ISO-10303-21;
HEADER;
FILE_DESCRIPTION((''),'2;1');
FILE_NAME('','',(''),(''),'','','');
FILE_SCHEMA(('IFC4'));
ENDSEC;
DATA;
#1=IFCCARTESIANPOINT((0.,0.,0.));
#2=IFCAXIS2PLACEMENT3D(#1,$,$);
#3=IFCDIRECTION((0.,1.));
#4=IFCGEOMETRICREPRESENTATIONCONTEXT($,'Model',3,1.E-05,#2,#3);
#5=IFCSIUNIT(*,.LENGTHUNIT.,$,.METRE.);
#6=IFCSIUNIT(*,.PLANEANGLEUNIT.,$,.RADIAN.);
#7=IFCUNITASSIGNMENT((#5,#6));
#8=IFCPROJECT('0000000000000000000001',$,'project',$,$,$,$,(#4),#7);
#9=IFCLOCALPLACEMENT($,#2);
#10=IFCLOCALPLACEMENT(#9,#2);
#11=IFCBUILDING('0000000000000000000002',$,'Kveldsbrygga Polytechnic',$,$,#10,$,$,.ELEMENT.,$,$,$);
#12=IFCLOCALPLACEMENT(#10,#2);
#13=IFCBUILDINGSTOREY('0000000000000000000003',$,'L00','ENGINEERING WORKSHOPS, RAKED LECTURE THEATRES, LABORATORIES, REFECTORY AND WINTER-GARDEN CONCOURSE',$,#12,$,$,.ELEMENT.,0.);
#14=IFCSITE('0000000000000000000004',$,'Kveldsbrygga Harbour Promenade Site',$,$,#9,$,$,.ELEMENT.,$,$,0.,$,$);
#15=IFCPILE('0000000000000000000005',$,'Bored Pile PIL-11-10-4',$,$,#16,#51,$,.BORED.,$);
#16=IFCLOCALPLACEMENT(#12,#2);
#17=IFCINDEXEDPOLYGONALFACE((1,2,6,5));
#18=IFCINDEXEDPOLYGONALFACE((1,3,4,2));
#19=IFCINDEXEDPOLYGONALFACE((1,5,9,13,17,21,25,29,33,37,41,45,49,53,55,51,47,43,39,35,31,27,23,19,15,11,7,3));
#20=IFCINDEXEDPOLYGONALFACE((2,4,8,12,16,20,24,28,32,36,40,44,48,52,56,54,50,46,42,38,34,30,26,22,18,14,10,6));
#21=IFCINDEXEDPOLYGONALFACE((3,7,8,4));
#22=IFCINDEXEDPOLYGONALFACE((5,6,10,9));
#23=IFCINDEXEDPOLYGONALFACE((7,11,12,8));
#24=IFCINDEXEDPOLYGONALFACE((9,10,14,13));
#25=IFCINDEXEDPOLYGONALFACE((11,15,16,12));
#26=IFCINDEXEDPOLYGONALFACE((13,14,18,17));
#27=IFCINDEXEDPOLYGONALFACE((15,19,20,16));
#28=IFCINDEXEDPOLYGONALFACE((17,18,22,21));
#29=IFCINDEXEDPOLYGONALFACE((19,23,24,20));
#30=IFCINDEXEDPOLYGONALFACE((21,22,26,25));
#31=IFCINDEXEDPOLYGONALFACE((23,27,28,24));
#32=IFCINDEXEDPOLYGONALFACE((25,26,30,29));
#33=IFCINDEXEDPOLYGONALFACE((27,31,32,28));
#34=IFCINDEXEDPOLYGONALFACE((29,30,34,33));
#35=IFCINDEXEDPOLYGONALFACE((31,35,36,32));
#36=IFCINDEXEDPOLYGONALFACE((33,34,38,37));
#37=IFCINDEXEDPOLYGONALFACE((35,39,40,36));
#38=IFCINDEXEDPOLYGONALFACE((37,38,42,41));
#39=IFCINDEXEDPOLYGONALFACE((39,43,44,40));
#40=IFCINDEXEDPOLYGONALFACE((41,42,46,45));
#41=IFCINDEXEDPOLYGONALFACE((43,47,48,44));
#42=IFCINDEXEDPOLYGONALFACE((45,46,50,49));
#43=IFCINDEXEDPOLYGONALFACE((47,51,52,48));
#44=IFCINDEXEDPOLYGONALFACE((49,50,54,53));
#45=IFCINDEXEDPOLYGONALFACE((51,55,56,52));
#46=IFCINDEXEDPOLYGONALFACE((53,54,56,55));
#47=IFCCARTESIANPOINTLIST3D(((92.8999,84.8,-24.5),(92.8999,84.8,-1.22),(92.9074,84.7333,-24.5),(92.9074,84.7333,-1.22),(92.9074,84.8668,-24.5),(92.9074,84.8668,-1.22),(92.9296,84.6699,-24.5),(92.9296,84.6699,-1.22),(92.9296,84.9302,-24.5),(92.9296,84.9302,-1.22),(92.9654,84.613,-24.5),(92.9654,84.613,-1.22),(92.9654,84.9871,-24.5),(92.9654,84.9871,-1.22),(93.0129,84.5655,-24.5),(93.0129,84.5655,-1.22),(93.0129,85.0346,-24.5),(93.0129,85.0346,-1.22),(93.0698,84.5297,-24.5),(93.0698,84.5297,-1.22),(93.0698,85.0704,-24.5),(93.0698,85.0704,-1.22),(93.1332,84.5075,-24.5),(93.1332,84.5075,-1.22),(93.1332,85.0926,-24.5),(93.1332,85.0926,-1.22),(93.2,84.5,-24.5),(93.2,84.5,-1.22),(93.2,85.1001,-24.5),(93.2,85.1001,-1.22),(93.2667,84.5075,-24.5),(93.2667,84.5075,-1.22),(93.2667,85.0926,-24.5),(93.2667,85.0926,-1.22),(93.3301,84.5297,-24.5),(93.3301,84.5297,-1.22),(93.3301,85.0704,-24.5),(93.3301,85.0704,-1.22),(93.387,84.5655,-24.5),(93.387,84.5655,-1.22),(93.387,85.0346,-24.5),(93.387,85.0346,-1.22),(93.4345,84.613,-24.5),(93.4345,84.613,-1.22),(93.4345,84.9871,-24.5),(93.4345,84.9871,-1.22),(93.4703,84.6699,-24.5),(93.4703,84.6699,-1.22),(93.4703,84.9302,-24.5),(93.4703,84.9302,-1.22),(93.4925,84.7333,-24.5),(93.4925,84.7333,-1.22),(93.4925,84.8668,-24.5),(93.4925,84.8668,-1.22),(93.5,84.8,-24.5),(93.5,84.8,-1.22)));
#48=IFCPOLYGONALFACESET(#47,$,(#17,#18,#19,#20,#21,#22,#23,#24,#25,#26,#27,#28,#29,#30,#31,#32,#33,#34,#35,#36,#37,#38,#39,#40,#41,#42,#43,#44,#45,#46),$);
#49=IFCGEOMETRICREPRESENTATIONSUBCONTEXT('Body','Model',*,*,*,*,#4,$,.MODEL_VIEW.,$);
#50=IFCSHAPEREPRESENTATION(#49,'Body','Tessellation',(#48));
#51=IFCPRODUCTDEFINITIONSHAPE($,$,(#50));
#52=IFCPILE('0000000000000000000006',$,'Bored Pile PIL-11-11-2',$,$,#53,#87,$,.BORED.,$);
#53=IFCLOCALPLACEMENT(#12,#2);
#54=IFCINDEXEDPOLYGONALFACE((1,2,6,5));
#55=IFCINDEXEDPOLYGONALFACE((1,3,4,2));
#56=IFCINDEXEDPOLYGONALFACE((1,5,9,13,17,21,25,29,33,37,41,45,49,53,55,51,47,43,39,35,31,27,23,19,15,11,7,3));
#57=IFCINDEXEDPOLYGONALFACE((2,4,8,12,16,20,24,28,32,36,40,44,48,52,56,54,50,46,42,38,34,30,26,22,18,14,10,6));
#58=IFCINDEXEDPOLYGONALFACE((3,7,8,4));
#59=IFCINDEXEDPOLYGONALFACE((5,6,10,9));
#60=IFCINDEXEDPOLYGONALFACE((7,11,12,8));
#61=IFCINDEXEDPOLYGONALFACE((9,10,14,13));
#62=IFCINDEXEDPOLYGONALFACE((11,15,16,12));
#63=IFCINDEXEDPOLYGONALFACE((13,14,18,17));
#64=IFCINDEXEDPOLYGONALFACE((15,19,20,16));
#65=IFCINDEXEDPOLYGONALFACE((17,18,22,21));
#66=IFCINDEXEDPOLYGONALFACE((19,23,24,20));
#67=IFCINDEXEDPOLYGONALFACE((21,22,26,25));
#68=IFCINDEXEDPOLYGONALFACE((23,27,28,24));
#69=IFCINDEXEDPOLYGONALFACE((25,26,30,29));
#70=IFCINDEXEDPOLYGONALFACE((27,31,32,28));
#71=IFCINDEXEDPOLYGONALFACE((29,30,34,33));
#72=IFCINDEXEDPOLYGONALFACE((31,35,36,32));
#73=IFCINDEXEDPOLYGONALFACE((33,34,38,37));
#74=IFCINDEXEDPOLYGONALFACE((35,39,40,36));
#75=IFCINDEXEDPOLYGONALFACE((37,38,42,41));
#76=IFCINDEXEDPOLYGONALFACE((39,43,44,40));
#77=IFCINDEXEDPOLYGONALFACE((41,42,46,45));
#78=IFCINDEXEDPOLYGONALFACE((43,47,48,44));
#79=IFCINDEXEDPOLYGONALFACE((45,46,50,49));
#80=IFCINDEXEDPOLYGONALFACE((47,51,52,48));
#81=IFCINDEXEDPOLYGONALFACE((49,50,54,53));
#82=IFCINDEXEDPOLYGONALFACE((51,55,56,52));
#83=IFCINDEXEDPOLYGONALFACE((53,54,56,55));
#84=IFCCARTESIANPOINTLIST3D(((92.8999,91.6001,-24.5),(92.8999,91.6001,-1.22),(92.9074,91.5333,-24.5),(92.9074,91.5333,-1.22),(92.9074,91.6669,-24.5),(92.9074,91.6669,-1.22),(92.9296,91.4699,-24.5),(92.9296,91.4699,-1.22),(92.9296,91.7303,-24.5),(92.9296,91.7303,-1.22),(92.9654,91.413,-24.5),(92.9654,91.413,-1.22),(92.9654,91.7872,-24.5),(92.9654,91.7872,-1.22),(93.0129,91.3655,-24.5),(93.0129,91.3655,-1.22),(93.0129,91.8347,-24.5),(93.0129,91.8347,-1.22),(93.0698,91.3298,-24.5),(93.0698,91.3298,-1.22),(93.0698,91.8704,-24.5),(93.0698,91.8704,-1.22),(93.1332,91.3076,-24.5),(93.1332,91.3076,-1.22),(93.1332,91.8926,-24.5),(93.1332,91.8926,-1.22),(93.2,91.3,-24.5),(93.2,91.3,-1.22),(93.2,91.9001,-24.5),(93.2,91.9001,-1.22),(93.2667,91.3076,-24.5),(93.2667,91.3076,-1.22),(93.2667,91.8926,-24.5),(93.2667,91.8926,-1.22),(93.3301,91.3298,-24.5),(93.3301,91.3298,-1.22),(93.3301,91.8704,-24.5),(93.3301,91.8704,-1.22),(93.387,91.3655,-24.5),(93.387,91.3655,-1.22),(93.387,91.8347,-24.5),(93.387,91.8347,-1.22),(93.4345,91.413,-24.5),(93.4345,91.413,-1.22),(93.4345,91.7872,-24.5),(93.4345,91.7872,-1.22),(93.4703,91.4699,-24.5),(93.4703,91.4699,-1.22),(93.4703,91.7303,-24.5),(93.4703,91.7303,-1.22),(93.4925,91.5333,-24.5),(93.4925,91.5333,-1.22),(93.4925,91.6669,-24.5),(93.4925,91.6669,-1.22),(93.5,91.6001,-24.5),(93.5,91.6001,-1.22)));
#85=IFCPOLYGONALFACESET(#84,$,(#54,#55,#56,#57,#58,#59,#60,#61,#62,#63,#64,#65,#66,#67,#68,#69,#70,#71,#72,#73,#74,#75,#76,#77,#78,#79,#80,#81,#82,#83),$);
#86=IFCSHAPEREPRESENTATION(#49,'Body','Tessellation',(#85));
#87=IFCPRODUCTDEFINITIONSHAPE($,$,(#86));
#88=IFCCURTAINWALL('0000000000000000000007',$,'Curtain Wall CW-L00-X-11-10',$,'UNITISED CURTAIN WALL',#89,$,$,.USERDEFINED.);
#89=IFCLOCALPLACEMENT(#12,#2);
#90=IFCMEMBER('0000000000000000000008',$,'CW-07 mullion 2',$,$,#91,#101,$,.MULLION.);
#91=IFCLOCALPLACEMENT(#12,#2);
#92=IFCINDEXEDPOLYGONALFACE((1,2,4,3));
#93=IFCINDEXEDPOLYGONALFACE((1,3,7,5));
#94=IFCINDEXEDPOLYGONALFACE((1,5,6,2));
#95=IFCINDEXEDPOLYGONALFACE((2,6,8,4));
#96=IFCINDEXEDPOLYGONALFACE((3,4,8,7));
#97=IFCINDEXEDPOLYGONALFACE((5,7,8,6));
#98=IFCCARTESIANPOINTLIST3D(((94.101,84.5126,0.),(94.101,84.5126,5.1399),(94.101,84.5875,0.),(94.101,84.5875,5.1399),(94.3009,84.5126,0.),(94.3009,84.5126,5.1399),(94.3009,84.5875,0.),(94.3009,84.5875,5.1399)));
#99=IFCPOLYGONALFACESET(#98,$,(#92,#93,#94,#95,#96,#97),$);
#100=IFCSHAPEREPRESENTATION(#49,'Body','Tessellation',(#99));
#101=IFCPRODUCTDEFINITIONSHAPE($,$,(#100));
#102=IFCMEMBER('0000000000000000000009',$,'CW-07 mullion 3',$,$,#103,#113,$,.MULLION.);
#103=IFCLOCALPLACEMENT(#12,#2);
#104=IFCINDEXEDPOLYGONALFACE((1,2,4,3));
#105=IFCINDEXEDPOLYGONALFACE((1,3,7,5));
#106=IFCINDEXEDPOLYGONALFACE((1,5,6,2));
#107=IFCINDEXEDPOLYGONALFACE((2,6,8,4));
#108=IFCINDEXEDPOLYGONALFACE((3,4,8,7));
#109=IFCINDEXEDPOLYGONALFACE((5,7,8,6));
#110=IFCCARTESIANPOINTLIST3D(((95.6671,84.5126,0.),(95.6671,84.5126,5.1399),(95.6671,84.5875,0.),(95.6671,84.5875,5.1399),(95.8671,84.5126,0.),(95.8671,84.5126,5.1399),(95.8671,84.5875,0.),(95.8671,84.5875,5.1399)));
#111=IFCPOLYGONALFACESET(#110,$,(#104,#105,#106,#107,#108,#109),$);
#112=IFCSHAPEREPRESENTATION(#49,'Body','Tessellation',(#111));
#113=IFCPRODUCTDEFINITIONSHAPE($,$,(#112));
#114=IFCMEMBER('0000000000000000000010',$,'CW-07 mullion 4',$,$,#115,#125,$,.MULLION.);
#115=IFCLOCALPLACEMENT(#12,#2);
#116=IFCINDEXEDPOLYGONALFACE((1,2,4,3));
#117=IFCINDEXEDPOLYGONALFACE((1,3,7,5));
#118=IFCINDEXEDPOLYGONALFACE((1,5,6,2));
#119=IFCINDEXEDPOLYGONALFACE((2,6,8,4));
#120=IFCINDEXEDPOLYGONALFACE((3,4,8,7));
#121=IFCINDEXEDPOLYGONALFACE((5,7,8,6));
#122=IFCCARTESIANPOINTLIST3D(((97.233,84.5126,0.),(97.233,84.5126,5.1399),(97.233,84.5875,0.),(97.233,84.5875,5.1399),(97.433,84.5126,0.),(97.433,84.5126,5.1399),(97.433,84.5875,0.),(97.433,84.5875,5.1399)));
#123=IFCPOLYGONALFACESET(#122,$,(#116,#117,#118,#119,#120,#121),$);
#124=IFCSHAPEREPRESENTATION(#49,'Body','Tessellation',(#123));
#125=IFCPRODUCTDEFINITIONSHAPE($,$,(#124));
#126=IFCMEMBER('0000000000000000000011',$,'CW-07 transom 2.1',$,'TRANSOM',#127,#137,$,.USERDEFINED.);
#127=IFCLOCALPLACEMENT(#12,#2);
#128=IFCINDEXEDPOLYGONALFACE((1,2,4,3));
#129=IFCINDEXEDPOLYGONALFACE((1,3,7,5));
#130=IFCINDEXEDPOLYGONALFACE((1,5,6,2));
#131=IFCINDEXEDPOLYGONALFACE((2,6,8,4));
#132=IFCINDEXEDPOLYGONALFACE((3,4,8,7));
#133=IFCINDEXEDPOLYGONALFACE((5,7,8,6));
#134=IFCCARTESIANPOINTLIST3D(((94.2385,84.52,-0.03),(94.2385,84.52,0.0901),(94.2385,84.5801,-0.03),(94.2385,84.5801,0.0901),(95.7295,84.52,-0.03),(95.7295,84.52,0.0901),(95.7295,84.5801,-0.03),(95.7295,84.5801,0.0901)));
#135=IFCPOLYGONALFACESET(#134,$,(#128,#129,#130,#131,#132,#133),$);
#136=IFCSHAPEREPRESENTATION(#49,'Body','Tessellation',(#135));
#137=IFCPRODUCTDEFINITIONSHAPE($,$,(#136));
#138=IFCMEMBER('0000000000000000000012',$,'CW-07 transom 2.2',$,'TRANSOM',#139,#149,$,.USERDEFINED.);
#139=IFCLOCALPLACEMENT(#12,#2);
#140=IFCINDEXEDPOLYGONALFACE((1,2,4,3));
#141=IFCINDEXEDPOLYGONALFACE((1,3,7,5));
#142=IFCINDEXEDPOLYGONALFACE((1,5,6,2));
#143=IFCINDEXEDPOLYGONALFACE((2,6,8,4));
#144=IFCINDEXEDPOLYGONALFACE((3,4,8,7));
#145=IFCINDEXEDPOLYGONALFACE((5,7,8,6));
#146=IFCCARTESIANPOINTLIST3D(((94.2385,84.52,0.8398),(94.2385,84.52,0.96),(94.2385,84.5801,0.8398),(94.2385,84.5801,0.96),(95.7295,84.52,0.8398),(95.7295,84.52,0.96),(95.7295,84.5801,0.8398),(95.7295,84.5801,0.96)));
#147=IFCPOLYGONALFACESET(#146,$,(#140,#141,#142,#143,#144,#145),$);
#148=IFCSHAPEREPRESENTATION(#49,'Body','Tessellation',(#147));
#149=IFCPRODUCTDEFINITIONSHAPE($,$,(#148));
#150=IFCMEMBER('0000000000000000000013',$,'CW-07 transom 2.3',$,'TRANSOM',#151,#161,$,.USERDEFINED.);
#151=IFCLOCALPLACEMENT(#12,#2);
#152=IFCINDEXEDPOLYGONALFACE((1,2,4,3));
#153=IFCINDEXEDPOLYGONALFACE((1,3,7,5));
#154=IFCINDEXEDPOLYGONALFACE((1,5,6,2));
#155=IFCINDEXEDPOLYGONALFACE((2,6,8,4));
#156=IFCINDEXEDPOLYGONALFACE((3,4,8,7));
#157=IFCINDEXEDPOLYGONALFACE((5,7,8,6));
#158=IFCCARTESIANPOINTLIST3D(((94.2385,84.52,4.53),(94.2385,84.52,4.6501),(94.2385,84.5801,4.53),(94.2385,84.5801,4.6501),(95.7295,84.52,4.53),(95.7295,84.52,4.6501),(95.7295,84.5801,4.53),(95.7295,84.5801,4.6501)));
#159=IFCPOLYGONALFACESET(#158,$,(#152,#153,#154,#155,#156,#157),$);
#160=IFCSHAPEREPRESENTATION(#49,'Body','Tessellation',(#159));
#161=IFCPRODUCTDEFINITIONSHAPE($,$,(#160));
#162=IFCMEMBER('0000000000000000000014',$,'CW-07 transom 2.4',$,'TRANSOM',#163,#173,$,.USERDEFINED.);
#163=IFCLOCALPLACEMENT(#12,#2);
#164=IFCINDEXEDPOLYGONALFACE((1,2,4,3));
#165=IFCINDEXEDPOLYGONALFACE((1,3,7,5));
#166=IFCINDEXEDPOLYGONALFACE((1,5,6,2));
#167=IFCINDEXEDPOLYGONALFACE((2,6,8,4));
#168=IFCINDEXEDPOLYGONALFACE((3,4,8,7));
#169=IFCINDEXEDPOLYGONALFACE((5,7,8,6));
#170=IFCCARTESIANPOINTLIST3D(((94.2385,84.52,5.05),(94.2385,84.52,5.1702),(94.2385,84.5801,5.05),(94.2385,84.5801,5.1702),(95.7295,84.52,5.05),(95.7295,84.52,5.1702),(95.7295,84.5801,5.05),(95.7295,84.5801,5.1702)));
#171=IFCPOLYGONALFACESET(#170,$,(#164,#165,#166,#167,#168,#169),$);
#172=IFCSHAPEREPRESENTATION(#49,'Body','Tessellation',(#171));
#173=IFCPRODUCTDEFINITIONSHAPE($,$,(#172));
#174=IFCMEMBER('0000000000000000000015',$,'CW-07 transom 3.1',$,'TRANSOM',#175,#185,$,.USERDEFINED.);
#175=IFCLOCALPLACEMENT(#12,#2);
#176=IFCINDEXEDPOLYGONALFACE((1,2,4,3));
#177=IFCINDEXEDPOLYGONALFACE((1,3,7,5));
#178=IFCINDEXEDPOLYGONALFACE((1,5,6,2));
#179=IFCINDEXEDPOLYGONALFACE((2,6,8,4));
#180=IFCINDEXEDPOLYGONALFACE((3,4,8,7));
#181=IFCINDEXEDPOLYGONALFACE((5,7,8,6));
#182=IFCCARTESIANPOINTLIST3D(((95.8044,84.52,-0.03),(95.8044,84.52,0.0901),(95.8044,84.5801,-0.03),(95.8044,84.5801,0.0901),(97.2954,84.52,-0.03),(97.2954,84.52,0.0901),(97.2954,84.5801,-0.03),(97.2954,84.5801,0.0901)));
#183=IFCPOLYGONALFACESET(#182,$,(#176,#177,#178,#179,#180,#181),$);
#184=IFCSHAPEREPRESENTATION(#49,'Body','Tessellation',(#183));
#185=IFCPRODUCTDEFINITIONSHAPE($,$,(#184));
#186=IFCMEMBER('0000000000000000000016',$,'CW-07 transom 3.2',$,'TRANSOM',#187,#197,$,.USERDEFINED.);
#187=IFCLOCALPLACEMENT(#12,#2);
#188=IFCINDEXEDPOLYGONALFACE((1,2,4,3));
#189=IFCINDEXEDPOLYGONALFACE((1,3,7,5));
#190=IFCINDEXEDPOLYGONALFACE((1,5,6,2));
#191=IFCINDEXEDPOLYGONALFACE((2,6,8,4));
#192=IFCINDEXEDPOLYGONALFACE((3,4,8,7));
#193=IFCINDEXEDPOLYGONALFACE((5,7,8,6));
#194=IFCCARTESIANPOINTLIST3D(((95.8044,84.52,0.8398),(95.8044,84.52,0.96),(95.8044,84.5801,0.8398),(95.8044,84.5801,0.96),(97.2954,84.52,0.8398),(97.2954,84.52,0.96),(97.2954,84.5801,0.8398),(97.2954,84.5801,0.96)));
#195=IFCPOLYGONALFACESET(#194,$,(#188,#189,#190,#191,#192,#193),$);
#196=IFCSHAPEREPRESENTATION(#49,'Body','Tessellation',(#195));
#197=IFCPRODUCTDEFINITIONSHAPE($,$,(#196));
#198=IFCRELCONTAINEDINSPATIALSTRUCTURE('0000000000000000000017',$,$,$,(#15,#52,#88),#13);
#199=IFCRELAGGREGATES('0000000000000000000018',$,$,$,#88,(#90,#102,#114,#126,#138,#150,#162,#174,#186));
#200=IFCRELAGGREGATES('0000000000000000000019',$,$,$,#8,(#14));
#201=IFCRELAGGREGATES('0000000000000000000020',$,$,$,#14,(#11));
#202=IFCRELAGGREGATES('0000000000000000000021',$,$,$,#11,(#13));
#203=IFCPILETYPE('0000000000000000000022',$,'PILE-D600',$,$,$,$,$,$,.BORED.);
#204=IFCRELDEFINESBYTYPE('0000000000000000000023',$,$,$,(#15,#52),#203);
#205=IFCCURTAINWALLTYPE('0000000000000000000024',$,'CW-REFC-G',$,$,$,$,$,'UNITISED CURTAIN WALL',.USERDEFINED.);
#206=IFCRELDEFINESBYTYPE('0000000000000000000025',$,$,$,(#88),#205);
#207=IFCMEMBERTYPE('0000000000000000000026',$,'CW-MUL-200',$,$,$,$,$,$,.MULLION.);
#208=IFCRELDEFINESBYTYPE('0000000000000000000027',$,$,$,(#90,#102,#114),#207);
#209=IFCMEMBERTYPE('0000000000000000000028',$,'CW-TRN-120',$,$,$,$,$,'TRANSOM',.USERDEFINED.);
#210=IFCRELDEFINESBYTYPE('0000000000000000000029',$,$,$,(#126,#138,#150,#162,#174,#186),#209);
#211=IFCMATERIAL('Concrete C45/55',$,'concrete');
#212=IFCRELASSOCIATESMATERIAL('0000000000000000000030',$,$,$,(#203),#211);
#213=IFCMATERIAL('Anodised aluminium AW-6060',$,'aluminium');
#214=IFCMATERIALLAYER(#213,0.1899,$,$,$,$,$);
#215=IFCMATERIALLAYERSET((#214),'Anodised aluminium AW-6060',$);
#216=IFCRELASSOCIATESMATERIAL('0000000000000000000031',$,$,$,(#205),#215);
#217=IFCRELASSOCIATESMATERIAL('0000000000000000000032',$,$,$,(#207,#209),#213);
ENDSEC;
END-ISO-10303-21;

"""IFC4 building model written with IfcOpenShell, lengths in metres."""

from ifc_helpers import new_model, si_unit, direction, frame, origin, origin_2d, place, context, subcontext, project, spatial, rectangle, circle, extrude, material, layer, layer_set, material_profile, profile_set, type_object, element, aggregate, save


model = new_model("IFC4")

# Units and contexts
model_context = context("Model", 3, precision=1e-05, world=origin(), true_north=direction((0.0, 1.0)))
body_context = subcontext(model_context, "Body", "Model", "MODEL_VIEW")
ifc_project = project(units=[si_unit("LENGTHUNIT", "METRE"), si_unit("PLANEANGLEUNIT", "RADIAN")], contexts=[model_context])

# Site, building, storey
site_placement = place(None, origin())
site = spatial("IfcSite", under=ifc_project, at=site_placement, Name="Kveldsbrygga Harbour Promenade Site", CompositionType="ELEMENT", RefElevation=0.0)
building_placement = place(site_placement, origin())
building = spatial("IfcBuilding", under=site, at=building_placement, Name="Kveldsbrygga Polytechnic", CompositionType="ELEMENT")
storey_placement = place(building_placement, origin())
storey = spatial("IfcBuildingStorey", under=building, at=storey_placement, Name="L00", Description="ENGINEERING WORKSHOPS, RAKED LECTURE THEATRES, LABORATORIES, REFECTORY AND WINTER-GARDEN CONCOURSE", CompositionType="ELEMENT", Elevation=0.0)

# Piles
ifc_material_1 = material(Name="Concrete C45/55", Category="concrete")
ifc_material_profile_1 = material_profile(ifc_material_1, circle(Radius=0.3, at=origin_2d()), Name="PILE D600")
ifc_profile_set_1 = profile_set([ifc_material_profile_1], Name="Concrete C45/55")
pile_type = type_object("IfcPileType", Name="PILE-D600", PredefinedType="BORED", material=ifc_profile_set_1)
for number, where, z_axis, x_axis, name in (
    (1, (93.2, 84.8, -1.22), (0.0, 0.0, -1.0), (1.0, 0.0, 0.0), "Bored Pile PIL-11-10-4"),
    (2, (93.2, 91.6001, -1.22), (0.0, 0.0, -1.0), (1.0, 0.0, 0.0), "Bored Pile PIL-11-11-2"),
):
    element("IfcPile", number, at=place(storey_placement, frame(where, z_axis=z_axis, x_axis=x_axis)), inside=storey, type_object=pile_type, Name=name, PredefinedType="BORED", context=body_context, shape_type="SweptSolid", body=[
        extrude(circle(Radius=0.3, at=origin_2d()), origin(), (0.0, 0.0, 1.0), 23.28),
    ])

# Curtain wall, members
ifc_material_2 = material(Name="Anodised aluminium AW-6060", Category="aluminium")
ifc_layer_1 = layer(ifc_material_2, 0.1899)
ifc_layer_set_1 = layer_set([ifc_layer_1], Name="Anodised aluminium AW-6060")
curtain_wall_type = type_object("IfcCurtainWallType", Name="CW-REFC-G", ElementType="UNITISED CURTAIN WALL", PredefinedType="USERDEFINED", material=ifc_layer_set_1)
curtain_wall_placement = place(storey_placement, origin())
curtain_wall = element("IfcCurtainWall", 3, at=curtain_wall_placement, inside=storey, type_object=curtain_wall_type, Name="Curtain Wall CW-L00-X-11-10", ObjectType="UNITISED CURTAIN WALL", PredefinedType="USERDEFINED")
ifc_material_profile_2 = material_profile(ifc_material_2, rectangle(XDim=0.075, YDim=0.2, at=origin_2d()), Name="ALU 75x200")
ifc_profile_set_2 = profile_set([ifc_material_profile_2], Name="Anodised aluminium AW-6060")
member_type_1 = type_object("IfcMemberType", Name="CW-MUL-200", PredefinedType="MULLION", material=ifc_profile_set_2)
member_1_placement = place(storey_placement, frame((94.2009, 84.55, 0.0), z_axis=(0.0, 0.0, 1.0), x_axis=(0.0, 1.0, 0.0)))
member_1 = element("IfcMember", 4, at=member_1_placement, type_object=member_type_1, Name="CW-07 mullion 2", PredefinedType="MULLION", context=body_context, shape_type="SweptSolid", body=[
    extrude(rectangle(XDim=0.075, YDim=0.2, at=origin_2d()), origin(), (0.0, 0.0, 1.0), 5.1399),
])
member_2_placement = place(storey_placement, frame((95.7671, 84.55, 0.0), z_axis=(0.0, 0.0, 1.0), x_axis=(0.0, 1.0, 0.0)))
member_2 = element("IfcMember", 5, at=member_2_placement, type_object=member_type_1, Name="CW-07 mullion 3", PredefinedType="MULLION", context=body_context, shape_type="SweptSolid", body=[
    extrude(rectangle(XDim=0.075, YDim=0.2, at=origin_2d()), origin(), (0.0, 0.0, 1.0), 5.1399),
])
member_3_placement = place(storey_placement, frame((97.333, 84.55, 0.0), z_axis=(0.0, 0.0, 1.0), x_axis=(0.0, 1.0, 0.0)))
member_3 = element("IfcMember", 6, at=member_3_placement, type_object=member_type_1, Name="CW-07 mullion 4", PredefinedType="MULLION", context=body_context, shape_type="SweptSolid", body=[
    extrude(rectangle(XDim=0.075, YDim=0.2, at=origin_2d()), origin(), (0.0, 0.0, 1.0), 5.1399),
])
ifc_material_profile_3 = material_profile(ifc_material_2, rectangle(XDim=0.0601, YDim=0.1201, at=origin_2d()), Name="ALU 60x120")
ifc_profile_set_3 = profile_set([ifc_material_profile_3], Name="Anodised aluminium AW-6060")
member_type_2 = type_object("IfcMemberType", Name="CW-TRN-120", ElementType="TRANSOM", PredefinedType="USERDEFINED", material=ifc_profile_set_3)
member_4_placement = place(storey_placement, frame((94.2385, 84.55, 0.03), z_axis=(1.0, 0.0, 0.0), x_axis=(0.0, 1.0, 0.0)))
member_4 = element("IfcMember", 7, at=member_4_placement, type_object=member_type_2, Name="CW-07 transom 2.1", ObjectType="TRANSOM", PredefinedType="USERDEFINED", context=body_context, shape_type="SweptSolid", body=[
    extrude(rectangle(XDim=0.0601, YDim=0.1201, at=origin_2d()), origin(), (0.0, 0.0, 1.0), 1.491),
])
member_5_placement = place(storey_placement, frame((94.2385, 84.55, 0.8999), z_axis=(1.0, 0.0, 0.0), x_axis=(0.0, 1.0, 0.0)))
member_5 = element("IfcMember", 8, at=member_5_placement, type_object=member_type_2, Name="CW-07 transom 2.2", ObjectType="TRANSOM", PredefinedType="USERDEFINED", context=body_context, shape_type="SweptSolid", body=[
    extrude(rectangle(XDim=0.0601, YDim=0.1201, at=origin_2d()), origin(), (0.0, 0.0, 1.0), 1.491),
])
member_6_placement = place(storey_placement, frame((94.2385, 84.55, 4.5901), z_axis=(1.0, 0.0, 0.0), x_axis=(0.0, 1.0, 0.0)))
member_6 = element("IfcMember", 9, at=member_6_placement, type_object=member_type_2, Name="CW-07 transom 2.3", ObjectType="TRANSOM", PredefinedType="USERDEFINED", context=body_context, shape_type="SweptSolid", body=[
    extrude(rectangle(XDim=0.0601, YDim=0.1201, at=origin_2d()), origin(), (0.0, 0.0, 1.0), 1.491),
])
member_7_placement = place(storey_placement, frame((94.2385, 84.55, 5.1101), z_axis=(1.0, 0.0, 0.0), x_axis=(0.0, 1.0, 0.0)))
member_7 = element("IfcMember", 10, at=member_7_placement, type_object=member_type_2, Name="CW-07 transom 2.4", ObjectType="TRANSOM", PredefinedType="USERDEFINED", context=body_context, shape_type="SweptSolid", body=[
    extrude(rectangle(XDim=0.0601, YDim=0.1201, at=origin_2d()), origin(), (0.0, 0.0, 1.0), 1.491),
])
member_8_placement = place(storey_placement, frame((95.8044, 84.55, 0.03), z_axis=(1.0, 0.0, 0.0), x_axis=(0.0, 1.0, 0.0)))
member_8 = element("IfcMember", 11, at=member_8_placement, type_object=member_type_2, Name="CW-07 transom 3.1", ObjectType="TRANSOM", PredefinedType="USERDEFINED", context=body_context, shape_type="SweptSolid", body=[
    extrude(rectangle(XDim=0.0601, YDim=0.1201, at=origin_2d()), origin(), (0.0, 0.0, 1.0), 1.491),
])
member_9_placement = place(storey_placement, frame((95.8044, 84.55, 0.8999), z_axis=(1.0, 0.0, 0.0), x_axis=(0.0, 1.0, 0.0)))
member_9 = element("IfcMember", 12, at=member_9_placement, type_object=member_type_2, Name="CW-07 transom 3.2", ObjectType="TRANSOM", PredefinedType="USERDEFINED", context=body_context, shape_type="SweptSolid", body=[
    extrude(rectangle(XDim=0.0601, YDim=0.1201, at=origin_2d()), origin(), (0.0, 0.0, 1.0), 1.491),
])
aggregate(curtain_wall, [member_1, member_2, member_3, member_4, member_5, member_6, member_7, member_8, member_9])

save(model, "model.ifc")
